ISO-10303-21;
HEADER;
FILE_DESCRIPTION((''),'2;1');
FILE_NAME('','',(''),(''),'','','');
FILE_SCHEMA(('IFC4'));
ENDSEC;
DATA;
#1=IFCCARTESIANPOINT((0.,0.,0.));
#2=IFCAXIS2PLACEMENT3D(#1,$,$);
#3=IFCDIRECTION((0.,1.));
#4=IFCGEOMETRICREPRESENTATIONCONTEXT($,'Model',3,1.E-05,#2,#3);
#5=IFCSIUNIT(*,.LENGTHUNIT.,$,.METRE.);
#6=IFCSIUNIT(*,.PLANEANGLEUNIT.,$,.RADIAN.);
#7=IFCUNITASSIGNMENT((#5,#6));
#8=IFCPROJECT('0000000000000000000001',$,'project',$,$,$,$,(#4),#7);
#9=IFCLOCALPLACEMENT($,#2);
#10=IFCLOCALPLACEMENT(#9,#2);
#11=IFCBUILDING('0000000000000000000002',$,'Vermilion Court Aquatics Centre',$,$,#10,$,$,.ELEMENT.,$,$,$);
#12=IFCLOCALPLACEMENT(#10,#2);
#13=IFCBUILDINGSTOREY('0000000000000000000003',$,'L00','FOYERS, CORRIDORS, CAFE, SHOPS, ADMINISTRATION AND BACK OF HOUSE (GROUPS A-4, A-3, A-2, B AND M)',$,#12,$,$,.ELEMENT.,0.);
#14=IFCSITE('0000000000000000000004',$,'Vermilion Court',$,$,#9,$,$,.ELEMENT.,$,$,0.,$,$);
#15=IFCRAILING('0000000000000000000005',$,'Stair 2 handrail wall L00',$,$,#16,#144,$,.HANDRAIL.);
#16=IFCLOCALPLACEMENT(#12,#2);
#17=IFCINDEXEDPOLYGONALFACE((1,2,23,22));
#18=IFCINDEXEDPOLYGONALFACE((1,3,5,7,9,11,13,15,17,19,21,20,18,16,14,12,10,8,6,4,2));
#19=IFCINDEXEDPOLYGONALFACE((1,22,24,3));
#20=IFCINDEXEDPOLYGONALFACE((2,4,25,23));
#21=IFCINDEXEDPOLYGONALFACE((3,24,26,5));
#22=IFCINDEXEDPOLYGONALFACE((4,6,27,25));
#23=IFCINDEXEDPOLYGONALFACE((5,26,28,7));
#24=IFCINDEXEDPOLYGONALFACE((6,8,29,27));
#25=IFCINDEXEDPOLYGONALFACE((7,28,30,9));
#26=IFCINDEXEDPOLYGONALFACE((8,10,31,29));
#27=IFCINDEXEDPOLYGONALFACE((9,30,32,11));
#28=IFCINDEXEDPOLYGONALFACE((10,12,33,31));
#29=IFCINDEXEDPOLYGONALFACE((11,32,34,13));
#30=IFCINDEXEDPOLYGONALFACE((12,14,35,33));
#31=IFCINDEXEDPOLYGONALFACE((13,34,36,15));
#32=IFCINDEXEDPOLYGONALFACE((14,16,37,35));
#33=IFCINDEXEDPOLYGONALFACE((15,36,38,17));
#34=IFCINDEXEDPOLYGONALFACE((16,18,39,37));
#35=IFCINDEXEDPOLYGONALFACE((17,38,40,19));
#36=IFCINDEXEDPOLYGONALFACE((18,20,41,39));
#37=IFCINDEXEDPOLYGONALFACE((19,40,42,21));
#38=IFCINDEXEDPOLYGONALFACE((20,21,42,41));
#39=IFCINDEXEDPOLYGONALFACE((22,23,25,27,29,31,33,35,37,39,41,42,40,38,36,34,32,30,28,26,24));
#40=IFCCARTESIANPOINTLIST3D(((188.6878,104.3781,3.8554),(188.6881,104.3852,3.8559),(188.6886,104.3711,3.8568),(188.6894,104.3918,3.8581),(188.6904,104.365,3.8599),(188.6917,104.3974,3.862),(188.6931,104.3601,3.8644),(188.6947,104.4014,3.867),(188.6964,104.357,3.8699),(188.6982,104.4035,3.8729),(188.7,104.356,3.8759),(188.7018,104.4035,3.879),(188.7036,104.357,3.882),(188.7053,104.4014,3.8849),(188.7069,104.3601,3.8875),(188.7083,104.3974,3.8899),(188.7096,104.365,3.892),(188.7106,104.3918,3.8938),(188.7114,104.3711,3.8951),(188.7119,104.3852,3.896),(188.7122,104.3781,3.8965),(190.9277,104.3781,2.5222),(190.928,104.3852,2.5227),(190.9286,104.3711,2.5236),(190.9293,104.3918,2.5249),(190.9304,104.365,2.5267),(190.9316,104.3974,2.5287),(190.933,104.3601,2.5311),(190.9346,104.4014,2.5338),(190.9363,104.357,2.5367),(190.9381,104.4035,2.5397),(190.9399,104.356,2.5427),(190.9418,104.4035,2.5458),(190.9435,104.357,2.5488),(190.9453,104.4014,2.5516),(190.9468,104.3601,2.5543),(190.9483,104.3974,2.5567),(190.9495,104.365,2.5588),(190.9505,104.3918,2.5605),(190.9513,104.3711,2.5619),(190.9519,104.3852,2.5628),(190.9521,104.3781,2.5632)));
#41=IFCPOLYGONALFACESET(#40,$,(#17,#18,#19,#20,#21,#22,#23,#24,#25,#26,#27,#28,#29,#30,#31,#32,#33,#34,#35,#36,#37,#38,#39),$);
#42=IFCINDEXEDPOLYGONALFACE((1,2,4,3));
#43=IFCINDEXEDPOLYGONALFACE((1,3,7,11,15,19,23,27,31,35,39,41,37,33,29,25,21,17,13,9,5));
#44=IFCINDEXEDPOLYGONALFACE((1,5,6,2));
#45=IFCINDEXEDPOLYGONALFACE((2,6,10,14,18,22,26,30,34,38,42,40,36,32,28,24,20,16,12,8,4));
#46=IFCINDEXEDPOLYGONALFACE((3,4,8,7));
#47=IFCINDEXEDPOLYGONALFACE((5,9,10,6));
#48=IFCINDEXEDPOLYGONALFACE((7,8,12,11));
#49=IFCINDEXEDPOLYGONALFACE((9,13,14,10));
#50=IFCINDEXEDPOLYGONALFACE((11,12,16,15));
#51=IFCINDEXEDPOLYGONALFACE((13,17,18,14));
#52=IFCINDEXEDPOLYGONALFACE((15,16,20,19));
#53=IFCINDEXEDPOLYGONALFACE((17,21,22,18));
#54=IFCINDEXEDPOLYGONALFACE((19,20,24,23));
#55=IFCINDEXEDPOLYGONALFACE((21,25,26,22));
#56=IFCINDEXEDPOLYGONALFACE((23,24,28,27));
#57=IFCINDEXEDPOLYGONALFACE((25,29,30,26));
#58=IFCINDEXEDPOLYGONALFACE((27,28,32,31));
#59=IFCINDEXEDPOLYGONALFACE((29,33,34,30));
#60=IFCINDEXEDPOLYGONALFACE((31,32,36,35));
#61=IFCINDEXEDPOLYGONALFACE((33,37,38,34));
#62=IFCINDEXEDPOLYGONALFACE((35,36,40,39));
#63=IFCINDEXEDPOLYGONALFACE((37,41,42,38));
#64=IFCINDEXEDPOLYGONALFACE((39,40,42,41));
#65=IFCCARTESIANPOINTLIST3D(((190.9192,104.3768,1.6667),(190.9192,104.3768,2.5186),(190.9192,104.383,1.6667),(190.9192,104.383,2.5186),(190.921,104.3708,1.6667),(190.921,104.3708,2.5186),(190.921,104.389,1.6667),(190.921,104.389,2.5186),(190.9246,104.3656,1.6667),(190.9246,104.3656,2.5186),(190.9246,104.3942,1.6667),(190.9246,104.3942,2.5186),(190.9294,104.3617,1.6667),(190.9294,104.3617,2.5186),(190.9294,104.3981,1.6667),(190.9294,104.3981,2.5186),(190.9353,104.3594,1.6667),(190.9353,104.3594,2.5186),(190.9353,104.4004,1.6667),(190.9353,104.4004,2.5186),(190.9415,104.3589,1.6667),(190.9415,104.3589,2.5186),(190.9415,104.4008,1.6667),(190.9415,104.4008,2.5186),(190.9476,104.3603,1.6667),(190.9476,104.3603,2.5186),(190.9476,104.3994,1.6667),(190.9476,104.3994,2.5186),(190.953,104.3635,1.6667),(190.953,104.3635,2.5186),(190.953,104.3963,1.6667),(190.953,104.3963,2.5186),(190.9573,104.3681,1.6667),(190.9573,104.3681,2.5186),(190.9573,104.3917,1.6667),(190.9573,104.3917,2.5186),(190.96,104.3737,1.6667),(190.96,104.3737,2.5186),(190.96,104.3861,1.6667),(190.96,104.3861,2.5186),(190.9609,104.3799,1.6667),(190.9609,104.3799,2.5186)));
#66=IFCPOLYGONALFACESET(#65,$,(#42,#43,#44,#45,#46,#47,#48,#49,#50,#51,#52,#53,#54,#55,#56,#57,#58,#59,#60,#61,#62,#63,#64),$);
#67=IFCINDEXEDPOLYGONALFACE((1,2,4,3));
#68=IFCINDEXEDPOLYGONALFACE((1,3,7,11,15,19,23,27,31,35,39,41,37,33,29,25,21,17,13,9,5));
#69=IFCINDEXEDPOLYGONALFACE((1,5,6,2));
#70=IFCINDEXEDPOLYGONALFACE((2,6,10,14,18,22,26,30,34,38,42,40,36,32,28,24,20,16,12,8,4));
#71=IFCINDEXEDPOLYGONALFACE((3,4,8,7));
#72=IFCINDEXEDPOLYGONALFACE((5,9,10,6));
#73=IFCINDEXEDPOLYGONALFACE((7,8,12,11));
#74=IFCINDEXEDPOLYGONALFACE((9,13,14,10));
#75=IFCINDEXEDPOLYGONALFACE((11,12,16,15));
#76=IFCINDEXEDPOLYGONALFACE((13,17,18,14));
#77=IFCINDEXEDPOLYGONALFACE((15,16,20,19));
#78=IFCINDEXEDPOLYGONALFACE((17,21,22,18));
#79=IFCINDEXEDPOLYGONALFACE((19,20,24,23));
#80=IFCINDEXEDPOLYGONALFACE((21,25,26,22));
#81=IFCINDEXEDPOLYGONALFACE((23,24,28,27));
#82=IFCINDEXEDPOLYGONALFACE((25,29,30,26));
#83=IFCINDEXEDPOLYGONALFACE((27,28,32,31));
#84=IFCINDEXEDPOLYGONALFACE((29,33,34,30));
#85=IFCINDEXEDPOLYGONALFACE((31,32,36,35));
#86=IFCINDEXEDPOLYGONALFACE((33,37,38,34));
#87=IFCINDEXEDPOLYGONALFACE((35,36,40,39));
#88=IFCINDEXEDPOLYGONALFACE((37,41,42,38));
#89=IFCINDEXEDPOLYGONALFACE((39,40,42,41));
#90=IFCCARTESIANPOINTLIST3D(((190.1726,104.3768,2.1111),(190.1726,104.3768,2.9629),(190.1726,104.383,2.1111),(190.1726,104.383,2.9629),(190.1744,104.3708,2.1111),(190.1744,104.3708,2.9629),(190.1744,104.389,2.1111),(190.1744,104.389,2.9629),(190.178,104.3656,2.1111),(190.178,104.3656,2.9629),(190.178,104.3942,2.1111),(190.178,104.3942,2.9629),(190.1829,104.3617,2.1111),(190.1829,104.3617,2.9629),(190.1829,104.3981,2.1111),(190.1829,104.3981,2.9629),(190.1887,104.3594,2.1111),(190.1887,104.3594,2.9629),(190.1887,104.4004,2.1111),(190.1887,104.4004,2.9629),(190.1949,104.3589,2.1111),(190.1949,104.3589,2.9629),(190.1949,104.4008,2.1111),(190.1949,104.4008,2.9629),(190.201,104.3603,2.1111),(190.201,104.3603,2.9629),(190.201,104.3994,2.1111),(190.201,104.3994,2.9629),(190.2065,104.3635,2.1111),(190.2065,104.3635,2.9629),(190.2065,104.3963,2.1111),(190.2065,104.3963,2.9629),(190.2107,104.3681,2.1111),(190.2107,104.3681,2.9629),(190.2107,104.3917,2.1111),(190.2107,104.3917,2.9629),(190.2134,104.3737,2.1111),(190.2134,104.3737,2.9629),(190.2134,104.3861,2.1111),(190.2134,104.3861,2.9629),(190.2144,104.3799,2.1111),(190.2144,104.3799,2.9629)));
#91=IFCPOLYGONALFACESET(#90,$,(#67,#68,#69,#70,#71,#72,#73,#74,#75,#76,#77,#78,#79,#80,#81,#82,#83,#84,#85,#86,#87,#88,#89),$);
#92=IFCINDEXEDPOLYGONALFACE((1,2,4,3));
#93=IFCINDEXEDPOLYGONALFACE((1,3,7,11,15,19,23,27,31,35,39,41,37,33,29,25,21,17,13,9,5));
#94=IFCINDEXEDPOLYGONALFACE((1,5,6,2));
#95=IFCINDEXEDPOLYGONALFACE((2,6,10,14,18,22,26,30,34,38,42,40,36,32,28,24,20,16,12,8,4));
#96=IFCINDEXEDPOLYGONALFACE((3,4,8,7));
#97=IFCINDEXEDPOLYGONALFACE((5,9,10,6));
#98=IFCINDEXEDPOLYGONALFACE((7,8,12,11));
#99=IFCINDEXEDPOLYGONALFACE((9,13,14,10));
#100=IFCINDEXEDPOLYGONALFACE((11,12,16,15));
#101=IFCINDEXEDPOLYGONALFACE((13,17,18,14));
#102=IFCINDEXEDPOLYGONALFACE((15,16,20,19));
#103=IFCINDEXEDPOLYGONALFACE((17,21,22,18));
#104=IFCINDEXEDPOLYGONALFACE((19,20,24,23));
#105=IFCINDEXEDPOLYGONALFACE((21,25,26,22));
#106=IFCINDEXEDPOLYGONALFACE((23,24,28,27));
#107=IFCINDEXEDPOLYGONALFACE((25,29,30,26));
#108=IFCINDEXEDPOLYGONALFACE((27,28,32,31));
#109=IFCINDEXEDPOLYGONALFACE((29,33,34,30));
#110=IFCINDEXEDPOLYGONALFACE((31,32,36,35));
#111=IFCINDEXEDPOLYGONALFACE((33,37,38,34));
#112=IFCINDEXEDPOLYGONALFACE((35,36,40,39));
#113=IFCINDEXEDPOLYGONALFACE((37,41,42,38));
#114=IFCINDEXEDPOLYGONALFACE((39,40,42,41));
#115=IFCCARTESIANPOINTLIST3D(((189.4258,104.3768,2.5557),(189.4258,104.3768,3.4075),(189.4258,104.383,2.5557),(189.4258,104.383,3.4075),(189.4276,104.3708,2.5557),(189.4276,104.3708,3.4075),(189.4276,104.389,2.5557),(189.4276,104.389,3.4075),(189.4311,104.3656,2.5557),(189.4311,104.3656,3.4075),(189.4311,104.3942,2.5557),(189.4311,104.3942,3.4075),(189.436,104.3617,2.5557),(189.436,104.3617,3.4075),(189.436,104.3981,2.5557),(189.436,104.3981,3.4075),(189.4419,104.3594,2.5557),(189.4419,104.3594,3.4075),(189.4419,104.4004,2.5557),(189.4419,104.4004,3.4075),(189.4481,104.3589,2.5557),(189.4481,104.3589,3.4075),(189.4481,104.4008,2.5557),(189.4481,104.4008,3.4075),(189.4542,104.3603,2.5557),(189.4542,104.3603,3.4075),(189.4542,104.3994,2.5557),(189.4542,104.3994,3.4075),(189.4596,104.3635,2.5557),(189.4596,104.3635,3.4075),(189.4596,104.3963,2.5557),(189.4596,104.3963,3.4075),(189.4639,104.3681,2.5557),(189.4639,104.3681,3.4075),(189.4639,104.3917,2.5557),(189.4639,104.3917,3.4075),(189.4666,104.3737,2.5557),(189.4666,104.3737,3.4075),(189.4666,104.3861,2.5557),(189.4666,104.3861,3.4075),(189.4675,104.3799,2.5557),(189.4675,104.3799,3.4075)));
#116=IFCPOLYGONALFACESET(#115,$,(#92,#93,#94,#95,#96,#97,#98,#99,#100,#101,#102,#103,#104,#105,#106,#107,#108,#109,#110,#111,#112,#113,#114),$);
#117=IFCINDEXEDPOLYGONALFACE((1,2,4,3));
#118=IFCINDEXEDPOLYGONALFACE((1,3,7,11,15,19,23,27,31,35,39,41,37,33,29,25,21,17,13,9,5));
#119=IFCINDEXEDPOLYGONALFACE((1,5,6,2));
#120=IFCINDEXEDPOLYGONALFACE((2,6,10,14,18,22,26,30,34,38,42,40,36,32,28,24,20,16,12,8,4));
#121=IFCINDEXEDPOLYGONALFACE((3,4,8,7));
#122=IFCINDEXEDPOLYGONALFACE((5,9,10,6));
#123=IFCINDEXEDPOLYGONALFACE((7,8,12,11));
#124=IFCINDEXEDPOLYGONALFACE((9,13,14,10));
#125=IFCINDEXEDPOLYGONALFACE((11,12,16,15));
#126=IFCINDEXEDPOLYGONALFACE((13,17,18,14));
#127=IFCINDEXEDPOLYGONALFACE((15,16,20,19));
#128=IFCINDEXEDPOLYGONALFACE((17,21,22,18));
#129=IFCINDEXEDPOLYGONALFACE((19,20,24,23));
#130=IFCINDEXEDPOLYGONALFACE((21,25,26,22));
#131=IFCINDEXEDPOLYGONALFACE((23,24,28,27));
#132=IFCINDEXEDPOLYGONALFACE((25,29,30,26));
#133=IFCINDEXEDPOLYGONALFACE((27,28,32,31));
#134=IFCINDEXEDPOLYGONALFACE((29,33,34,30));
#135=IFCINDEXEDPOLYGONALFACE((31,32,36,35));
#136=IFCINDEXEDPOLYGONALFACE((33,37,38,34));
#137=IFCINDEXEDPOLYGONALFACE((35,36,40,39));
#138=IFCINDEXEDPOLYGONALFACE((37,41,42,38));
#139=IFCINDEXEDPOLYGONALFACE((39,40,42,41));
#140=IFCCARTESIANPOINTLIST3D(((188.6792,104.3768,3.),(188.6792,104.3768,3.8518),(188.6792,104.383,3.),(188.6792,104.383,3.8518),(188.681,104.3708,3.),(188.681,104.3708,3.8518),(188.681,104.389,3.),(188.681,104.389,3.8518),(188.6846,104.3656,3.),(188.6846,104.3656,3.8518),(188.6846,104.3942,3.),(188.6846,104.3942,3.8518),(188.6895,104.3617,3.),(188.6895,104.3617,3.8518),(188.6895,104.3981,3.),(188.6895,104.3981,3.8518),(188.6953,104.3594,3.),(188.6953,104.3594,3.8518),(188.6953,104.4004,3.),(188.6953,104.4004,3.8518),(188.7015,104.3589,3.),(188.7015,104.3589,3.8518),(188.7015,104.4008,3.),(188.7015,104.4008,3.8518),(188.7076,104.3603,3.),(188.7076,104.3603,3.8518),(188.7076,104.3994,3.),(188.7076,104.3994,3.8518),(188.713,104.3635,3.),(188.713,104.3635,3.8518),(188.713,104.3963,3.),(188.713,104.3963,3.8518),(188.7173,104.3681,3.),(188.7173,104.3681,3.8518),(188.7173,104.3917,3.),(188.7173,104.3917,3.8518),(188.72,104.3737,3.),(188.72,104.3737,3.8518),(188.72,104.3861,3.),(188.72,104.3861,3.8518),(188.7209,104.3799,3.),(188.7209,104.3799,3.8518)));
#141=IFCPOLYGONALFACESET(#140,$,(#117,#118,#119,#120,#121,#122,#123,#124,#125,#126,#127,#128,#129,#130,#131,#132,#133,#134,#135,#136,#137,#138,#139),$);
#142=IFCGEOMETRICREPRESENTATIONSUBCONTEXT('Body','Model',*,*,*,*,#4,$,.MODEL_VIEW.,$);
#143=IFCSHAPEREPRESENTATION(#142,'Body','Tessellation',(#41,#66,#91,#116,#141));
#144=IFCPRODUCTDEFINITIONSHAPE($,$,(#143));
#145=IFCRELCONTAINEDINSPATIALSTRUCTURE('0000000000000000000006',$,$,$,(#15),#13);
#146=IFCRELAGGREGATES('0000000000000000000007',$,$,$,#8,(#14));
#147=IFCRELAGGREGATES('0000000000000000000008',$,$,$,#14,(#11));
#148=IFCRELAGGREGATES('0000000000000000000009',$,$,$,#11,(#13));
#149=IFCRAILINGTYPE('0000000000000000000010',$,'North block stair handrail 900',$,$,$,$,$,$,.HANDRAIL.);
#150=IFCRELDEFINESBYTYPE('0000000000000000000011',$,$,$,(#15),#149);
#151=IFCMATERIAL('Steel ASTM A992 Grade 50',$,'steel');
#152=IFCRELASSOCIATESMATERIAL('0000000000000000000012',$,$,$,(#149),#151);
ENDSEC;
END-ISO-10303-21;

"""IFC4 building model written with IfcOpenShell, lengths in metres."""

from ifc_helpers import new_model, si_unit, direction, frame, origin, origin_2d, place, context, subcontext, project, spatial, circle, extrude, material, type_object, element, save


model = new_model("IFC4")

# Units and contexts
model_context = context("Model", 3, precision=1e-05, world=origin(), true_north=direction((0.0, 1.0)))
body_context = subcontext(model_context, "Body", "Model", "MODEL_VIEW")
ifc_project = project(units=[si_unit("LENGTHUNIT", "METRE"), si_unit("PLANEANGLEUNIT", "RADIAN")], contexts=[model_context])

# Site, building, storey
site_placement = place(None, origin())
site = spatial("IfcSite", under=ifc_project, at=site_placement, Name="Vermilion Court", CompositionType="ELEMENT", RefElevation=0.0)
building_placement = place(site_placement, origin())
building = spatial("IfcBuilding", under=site, at=building_placement, Name="Vermilion Court Aquatics Centre", CompositionType="ELEMENT")
storey_placement = place(building_placement, origin())
storey = spatial("IfcBuildingStorey", under=building, at=storey_placement, Name="L00", Description="FOYERS, CORRIDORS, CAFE, SHOPS, ADMINISTRATION AND BACK OF HOUSE (GROUPS A-4, A-3, A-2, B AND M)", CompositionType="ELEMENT", Elevation=0.0)

# Railing
ifc_material_1 = material(Name="Steel ASTM A992 Grade 50", Category="steel")
railing_type_1 = type_object("IfcRailingType", Name="North block stair handrail 900", PredefinedType="HANDRAIL", material=ifc_material_1)
for number, where, name in (
    (1, (190.9399, 104.3799, 1.6667), "Stair 2 handrail wall L00"),
):
    element("IfcRailing", number, at=place(storey_placement, frame(where)), inside=storey, type_object=railing_type_1, Name=name, PredefinedType="HANDRAIL", context=body_context, shape_type="SweptSolid", body=[
        extrude(circle(Radius=0.0239, at=origin_2d()), frame((0.0, 0.0, 0.876), z_axis=(-0.859306, 0.0, 0.511462), x_axis=(0.0, -1.0, 0.0)), (0.0, 0.0, 1.0), 2.6067),
        extrude(circle(Radius=0.021, at=origin_2d()), origin(), (0.0, 0.0, 1.0), 0.8518),
        extrude(circle(Radius=0.021, at=origin_2d()), frame((-0.7466, 0.0, 0.4443)), (0.0, 0.0, 1.0), 0.8518),
        extrude(circle(Radius=0.021, at=origin_2d()), frame((-1.4934, 0.0, 0.8889)), (0.0, 0.0, 1.0), 0.8518),
        extrude(circle(Radius=0.021, at=origin_2d()), frame((-2.24, 0.0, 1.3333)), (0.0, 0.0, 1.0), 0.8518),
    ])

save(model, "model.ifc")
